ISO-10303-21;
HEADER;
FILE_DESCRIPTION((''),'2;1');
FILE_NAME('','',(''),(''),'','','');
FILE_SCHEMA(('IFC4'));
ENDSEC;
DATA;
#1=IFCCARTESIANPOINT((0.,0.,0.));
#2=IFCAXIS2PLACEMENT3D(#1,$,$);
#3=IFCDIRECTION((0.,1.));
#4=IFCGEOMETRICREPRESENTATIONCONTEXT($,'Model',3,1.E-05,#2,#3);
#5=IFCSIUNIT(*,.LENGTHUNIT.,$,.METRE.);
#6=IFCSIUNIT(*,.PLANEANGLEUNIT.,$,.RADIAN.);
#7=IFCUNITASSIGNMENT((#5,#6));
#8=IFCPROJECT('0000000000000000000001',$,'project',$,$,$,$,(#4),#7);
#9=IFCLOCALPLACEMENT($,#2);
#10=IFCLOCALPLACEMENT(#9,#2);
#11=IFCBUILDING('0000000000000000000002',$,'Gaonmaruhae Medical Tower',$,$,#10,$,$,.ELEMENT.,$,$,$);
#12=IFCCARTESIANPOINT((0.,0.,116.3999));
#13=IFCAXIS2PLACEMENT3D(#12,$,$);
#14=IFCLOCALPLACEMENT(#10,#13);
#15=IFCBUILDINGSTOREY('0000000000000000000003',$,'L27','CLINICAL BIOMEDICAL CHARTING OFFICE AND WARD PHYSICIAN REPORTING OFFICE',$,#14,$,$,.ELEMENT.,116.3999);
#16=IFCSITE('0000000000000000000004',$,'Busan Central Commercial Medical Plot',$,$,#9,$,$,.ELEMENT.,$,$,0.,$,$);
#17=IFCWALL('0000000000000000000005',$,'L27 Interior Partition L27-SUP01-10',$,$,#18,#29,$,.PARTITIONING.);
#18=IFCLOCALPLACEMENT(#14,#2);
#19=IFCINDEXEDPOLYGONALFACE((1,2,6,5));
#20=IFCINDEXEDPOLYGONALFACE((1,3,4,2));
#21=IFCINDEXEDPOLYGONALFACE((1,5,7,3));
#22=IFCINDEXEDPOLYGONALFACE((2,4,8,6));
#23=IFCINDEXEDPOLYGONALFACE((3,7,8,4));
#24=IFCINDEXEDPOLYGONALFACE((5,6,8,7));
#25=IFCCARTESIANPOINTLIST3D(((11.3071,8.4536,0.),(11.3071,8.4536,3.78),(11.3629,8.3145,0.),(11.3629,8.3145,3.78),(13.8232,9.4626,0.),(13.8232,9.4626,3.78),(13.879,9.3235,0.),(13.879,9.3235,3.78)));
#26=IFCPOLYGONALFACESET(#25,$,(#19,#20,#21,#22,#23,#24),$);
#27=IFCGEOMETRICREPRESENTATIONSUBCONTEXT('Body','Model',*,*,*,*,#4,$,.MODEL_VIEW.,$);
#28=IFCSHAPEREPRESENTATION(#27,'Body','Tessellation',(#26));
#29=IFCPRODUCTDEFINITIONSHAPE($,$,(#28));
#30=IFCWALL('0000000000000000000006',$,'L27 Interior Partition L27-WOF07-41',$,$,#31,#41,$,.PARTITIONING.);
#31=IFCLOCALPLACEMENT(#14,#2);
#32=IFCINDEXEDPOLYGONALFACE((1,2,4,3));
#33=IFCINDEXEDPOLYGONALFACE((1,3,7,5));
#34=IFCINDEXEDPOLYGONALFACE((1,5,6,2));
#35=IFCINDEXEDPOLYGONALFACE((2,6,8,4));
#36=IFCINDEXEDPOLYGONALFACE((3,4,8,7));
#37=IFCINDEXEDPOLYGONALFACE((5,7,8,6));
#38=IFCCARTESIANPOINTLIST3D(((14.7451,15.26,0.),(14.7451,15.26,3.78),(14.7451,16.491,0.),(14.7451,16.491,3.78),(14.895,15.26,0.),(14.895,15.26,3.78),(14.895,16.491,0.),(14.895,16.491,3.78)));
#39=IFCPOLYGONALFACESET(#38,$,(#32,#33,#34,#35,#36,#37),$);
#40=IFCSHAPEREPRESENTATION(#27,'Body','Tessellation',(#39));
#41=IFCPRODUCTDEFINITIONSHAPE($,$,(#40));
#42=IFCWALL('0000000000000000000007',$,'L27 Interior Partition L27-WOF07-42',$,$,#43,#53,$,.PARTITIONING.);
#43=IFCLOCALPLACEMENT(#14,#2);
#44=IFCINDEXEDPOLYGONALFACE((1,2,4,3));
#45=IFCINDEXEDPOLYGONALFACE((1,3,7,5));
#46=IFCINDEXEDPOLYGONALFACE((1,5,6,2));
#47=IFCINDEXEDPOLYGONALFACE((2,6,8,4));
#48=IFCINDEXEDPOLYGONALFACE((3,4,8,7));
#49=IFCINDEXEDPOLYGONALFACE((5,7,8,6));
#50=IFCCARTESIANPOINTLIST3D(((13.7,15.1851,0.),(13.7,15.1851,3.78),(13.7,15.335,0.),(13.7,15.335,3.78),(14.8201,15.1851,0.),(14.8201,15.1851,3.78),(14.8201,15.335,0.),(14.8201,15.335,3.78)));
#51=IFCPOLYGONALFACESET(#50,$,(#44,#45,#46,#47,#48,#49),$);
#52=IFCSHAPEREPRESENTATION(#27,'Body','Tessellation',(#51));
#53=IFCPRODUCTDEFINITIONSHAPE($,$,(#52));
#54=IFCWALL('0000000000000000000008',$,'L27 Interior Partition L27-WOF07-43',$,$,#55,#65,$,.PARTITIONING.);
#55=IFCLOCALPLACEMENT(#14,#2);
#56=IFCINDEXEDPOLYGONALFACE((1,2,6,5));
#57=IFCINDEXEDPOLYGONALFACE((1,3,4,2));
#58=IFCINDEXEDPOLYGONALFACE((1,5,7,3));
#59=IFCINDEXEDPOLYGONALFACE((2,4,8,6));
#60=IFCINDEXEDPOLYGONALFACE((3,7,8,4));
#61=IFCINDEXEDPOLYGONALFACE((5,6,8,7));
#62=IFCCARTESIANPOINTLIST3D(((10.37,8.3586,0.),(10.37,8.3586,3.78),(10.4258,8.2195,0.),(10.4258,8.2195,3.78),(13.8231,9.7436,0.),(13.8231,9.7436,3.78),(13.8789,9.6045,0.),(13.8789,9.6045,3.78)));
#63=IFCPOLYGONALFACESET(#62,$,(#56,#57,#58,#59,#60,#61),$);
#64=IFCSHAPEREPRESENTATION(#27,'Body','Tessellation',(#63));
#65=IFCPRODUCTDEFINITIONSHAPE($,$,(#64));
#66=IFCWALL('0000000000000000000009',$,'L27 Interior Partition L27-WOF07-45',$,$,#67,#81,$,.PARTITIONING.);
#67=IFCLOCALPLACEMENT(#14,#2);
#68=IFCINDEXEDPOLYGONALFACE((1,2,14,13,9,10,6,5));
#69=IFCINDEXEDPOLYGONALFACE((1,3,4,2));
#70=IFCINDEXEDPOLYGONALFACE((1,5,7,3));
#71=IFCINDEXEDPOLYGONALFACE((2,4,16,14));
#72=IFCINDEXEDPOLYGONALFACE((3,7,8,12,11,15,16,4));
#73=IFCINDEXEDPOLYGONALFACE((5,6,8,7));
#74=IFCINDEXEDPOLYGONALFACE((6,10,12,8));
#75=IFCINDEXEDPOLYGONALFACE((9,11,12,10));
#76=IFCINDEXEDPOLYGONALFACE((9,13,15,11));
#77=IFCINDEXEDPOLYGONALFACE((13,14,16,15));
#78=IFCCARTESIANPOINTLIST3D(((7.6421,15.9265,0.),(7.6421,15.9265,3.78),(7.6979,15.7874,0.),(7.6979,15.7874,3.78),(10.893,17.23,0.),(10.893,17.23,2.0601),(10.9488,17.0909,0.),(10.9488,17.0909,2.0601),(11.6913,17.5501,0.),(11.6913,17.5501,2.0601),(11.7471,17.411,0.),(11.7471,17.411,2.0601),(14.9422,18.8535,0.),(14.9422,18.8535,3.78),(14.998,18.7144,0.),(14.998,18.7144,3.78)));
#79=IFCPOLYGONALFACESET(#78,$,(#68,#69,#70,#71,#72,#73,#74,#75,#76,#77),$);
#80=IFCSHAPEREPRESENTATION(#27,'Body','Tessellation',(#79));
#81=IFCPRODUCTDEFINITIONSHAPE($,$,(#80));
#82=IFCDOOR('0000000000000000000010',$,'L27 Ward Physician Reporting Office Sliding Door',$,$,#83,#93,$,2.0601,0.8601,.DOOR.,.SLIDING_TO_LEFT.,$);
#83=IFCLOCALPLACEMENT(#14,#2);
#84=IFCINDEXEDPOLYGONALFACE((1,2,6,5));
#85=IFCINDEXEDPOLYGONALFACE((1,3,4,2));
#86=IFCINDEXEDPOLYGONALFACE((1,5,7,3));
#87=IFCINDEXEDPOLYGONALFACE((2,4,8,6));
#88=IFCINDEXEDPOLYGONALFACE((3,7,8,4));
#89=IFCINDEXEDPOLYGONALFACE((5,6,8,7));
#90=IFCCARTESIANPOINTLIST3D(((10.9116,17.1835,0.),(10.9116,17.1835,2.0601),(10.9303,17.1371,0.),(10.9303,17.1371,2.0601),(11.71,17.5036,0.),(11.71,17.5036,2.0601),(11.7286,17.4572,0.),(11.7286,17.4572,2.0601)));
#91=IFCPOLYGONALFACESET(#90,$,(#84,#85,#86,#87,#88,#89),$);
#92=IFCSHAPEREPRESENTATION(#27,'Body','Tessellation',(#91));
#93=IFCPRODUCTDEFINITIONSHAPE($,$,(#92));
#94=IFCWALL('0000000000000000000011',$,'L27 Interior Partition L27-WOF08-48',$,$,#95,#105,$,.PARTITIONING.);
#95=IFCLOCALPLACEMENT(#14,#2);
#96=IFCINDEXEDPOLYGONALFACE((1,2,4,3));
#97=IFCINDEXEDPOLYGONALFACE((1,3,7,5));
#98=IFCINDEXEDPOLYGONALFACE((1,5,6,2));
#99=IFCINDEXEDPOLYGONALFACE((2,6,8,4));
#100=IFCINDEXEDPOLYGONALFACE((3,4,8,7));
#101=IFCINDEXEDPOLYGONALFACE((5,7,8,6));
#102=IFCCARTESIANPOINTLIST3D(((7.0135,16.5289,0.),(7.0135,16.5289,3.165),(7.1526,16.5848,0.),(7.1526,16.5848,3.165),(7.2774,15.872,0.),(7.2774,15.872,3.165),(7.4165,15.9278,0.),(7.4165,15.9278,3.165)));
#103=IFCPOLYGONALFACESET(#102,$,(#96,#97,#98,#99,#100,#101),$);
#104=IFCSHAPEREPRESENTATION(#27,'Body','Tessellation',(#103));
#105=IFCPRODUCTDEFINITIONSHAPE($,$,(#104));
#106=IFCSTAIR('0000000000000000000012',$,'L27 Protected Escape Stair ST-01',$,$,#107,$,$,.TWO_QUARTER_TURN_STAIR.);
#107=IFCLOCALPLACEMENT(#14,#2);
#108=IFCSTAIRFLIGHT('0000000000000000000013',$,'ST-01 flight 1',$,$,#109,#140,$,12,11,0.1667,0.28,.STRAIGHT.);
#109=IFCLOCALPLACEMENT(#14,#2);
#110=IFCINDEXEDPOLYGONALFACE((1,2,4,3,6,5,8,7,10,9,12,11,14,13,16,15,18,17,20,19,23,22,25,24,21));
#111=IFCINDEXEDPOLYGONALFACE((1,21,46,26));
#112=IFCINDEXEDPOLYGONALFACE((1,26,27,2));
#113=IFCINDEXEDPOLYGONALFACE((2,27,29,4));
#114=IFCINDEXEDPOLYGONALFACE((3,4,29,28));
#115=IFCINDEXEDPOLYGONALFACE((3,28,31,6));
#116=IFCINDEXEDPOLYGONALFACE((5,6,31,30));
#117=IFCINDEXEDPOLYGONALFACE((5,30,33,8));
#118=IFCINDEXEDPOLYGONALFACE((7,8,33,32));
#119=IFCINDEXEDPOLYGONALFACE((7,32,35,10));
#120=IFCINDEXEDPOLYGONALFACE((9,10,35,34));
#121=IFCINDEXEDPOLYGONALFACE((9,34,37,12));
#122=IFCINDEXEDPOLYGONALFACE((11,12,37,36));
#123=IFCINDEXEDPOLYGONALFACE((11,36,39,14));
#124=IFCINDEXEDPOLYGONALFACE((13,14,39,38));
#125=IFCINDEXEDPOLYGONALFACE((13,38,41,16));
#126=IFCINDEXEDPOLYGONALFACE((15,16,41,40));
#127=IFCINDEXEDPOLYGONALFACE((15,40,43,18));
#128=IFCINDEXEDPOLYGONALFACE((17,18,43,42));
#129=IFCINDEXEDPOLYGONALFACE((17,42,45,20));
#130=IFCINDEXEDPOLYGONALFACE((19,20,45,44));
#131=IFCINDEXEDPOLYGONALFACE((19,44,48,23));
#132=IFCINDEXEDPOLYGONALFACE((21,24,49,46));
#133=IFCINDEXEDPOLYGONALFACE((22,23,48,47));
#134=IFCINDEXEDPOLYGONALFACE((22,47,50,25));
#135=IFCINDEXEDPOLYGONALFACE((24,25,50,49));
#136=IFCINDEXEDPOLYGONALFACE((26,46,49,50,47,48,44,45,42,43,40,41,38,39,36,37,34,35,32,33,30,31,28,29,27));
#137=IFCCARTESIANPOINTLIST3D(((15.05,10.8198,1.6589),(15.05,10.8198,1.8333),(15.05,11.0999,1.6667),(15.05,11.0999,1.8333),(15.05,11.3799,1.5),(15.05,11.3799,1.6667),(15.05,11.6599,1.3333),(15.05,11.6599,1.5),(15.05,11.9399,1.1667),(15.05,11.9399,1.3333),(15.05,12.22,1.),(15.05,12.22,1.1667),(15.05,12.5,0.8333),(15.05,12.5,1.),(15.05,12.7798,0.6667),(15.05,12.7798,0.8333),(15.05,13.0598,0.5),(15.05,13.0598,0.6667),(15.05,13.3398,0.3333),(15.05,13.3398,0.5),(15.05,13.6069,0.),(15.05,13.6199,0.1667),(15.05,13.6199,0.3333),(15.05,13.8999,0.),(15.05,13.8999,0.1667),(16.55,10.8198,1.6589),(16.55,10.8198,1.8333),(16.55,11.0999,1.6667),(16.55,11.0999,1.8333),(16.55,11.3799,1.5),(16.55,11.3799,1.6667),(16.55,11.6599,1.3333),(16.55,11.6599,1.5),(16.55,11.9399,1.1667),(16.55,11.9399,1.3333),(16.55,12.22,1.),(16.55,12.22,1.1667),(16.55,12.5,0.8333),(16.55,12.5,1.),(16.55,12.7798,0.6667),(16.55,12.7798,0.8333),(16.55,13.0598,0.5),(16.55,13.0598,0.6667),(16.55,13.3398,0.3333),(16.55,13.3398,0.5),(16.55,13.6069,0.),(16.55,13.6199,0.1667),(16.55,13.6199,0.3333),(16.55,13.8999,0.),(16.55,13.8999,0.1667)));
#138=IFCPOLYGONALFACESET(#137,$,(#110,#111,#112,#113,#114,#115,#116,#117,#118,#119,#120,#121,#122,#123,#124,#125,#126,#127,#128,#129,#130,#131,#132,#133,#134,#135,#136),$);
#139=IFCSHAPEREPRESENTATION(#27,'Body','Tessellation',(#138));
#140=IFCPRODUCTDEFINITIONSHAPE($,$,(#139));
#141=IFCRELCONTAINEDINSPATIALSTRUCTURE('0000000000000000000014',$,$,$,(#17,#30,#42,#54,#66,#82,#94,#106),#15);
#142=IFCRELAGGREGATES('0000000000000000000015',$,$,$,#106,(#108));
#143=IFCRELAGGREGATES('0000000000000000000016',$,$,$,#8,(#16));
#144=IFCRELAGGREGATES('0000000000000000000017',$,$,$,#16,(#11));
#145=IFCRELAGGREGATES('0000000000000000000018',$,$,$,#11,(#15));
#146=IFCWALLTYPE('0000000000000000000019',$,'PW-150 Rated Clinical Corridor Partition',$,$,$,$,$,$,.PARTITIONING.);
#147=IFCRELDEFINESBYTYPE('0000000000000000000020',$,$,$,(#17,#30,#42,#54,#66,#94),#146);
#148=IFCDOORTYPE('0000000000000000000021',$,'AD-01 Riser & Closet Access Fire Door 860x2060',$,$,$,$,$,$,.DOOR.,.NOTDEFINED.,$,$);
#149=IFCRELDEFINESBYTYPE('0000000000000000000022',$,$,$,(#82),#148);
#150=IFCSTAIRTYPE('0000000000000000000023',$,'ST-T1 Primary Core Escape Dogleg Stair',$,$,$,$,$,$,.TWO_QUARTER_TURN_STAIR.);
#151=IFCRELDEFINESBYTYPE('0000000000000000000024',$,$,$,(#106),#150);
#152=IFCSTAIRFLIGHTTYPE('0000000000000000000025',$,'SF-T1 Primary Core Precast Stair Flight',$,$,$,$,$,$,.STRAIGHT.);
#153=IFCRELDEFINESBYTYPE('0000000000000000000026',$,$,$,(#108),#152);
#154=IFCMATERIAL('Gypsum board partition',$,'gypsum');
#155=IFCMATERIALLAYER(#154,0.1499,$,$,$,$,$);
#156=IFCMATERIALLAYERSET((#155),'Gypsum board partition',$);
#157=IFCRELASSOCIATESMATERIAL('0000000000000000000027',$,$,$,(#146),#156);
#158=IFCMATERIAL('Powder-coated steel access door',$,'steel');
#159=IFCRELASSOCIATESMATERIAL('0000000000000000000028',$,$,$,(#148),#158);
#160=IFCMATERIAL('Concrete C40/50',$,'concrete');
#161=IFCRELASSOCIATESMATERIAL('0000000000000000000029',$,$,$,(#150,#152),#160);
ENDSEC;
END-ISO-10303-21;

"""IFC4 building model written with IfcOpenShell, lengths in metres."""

from ifc_helpers import new_model, si_unit, direction, frame, frame_2d, origin, place, context, subcontext, project, spatial, polyline, rectangle, outline, extrude, material, layer, layer_set, type_object, element, fill, aggregate, save


model = new_model("IFC4")

# Units and contexts
model_context = context("Model", 3, precision=1e-05, world=origin(), true_north=direction((0.0, 1.0)))
body_context = subcontext(model_context, "Body", "Model", "MODEL_VIEW")
ifc_project = project(units=[si_unit("LENGTHUNIT", "METRE"), si_unit("PLANEANGLEUNIT", "RADIAN")], contexts=[model_context])

# Site, building, storey
site_placement = place(None, origin())
site = spatial("IfcSite", under=ifc_project, at=site_placement, Name="Busan Central Commercial Medical Plot", CompositionType="ELEMENT", RefElevation=0.0)
building_placement = place(site_placement, origin())
building = spatial("IfcBuilding", under=site, at=building_placement, Name="Gaonmaruhae Medical Tower", CompositionType="ELEMENT")
storey_placement = place(building_placement, frame((0.0, 0.0, 116.3999)))
storey = spatial("IfcBuildingStorey", under=building, at=storey_placement, Name="L27", Description="CLINICAL BIOMEDICAL CHARTING OFFICE AND WARD PHYSICIAN REPORTING OFFICE", CompositionType="ELEMENT", Elevation=116.3999)

# Walls
ifc_material_1 = material(Name="Gypsum board partition", Category="gypsum")
ifc_layer_1 = layer(ifc_material_1, 0.1499)
ifc_layer_set_1 = layer_set([ifc_layer_1], Name="Gypsum board partition")
wall_type_1 = type_object("IfcWallType", Name="PW-150 Rated Clinical Corridor Partition", PredefinedType="PARTITIONING", material=ifc_layer_set_1)
wall_1_placement = place(storey_placement, frame((11.335, 8.384, 0.0), z_axis=(0.0, 0.0, 1.0), x_axis=(0.928147, 0.372213, 0.0)))
element("IfcWall", 1, at=wall_1_placement, inside=storey, type_object=wall_type_1, Name="L27 Interior Partition L27-SUP01-10", PredefinedType="PARTITIONING", context=body_context, shape_type="SweptSolid", body=[
    extrude(rectangle(XDim=2.7109, YDim=0.1499, at=frame_2d((1.3555, 0.0))), origin(), (0.0, 0.0, 1.0), 3.78),
])
wall_2_placement = place(storey_placement, frame((14.8201, 16.491, 0.0), z_axis=(0.0, 0.0, 1.0), x_axis=(0.0, -1.0, 0.0)))
element("IfcWall", 2, at=wall_2_placement, inside=storey, type_object=wall_type_1, Name="L27 Interior Partition L27-WOF07-41", PredefinedType="PARTITIONING", context=body_context, shape_type="SweptSolid", body=[
    extrude(rectangle(XDim=1.231, YDim=0.1499, at=frame_2d((0.6155, 0.0))), origin(), (0.0, 0.0, 1.0), 3.78),
])
wall_3_placement = place(storey_placement, frame((14.8201, 15.26, 0.0), z_axis=(0.0, 0.0, 1.0), x_axis=(-1.0, 0.0, 0.0)))
element("IfcWall", 3, at=wall_3_placement, inside=storey, type_object=wall_type_1, Name="L27 Interior Partition L27-WOF07-42", PredefinedType="PARTITIONING", context=body_context, shape_type="SweptSolid", body=[
    extrude(rectangle(XDim=1.1201, YDim=0.1499, at=frame_2d((0.5601, 0.0))), origin(), (0.0, 0.0, 1.0), 3.78),
])
wall_4_placement = place(storey_placement, frame((13.8511, 9.6741, 0.0), z_axis=(0.0, 0.0, 1.0), x_axis=(-0.928128, -0.372262, 0.0)))
element("IfcWall", 4, at=wall_4_placement, inside=storey, type_object=wall_type_1, Name="L27 Interior Partition L27-WOF07-43", PredefinedType="PARTITIONING", context=body_context, shape_type="SweptSolid", body=[
    extrude(rectangle(XDim=3.7205, YDim=0.1499, at=frame_2d((1.8604, 0.0))), origin(), (0.0, 0.0, 1.0), 3.78),
])

# Wall, opening, door
wall_5_placement = place(storey_placement, frame((7.6699, 15.8569, 0.0), z_axis=(0.0, 0.0, 1.0), x_axis=(0.92817, 0.372156, 0.0)))
wall_5 = element("IfcWall", 5, at=wall_5_placement, inside=storey, type_object=wall_type_1, Name="L27 Interior Partition L27-WOF07-45", PredefinedType="PARTITIONING", context=body_context, shape_type="SweptSolid", body=[
    extrude(rectangle(XDim=7.865, YDim=0.1499, at=frame_2d((3.9326, 0.0))), origin(), (0.0, 0.0, 1.0), 3.78),
])
opening_1_placement = place(wall_5_placement, frame((3.5024, 0.0, 0.0)))
opening_1 = element("IfcOpeningElement", 6, at=opening_1_placement, cuts=wall_5, PredefinedType="OPENING", context=body_context, shape_type="SweptSolid", body=[
    extrude(rectangle(XDim=0.8601, YDim=2.0601, at=frame_2d((0.4302, 1.03))), frame((0.0, 0.085, 0.0), z_axis=(0.0, -1.0, 0.0), x_axis=(1.0, 0.0, 0.0)), (0.0, 0.0, 1.0), 0.1699),
])
ifc_material_2 = material(Name="Powder-coated steel access door", Category="steel")
door_type_1 = type_object("IfcDoorType", Name="AD-01 Riser & Closet Access Fire Door 860x2060", OperationType="NOTDEFINED", PredefinedType="DOOR", material=ifc_material_2)
door_1_placement = place(opening_1_placement, origin())
door_1 = element("IfcDoor", 7, at=door_1_placement, inside=storey, type_object=door_type_1, Name="L27 Ward Physician Reporting Office Sliding Door", OperationType="SLIDING_TO_LEFT", OverallHeight=2.0601, OverallWidth=0.8601, PredefinedType="DOOR", context=body_context, shape_type="SweptSolid", body=[
    extrude(rectangle(XDim=0.8601, YDim=2.0601, at=frame_2d((0.4302, 1.03))), frame((0.0, 0.0249, 0.0), z_axis=(0.0, -1.0, 0.0), x_axis=(1.0, 0.0, 0.0)), (0.0, 0.0, 1.0), 0.05),
])
fill(opening_1, door_1)

# Wall
wall_6_placement = place(storey_placement, frame((7.3469, 15.8999, 0.0), z_axis=(0.0, 0.0, 1.0), x_axis=(-0.372758, 0.927929, 0.0)))
element("IfcWall", 8, at=wall_6_placement, inside=storey, type_object=wall_type_1, Name="L27 Interior Partition L27-WOF08-48", PredefinedType="PARTITIONING", context=body_context, shape_type="SweptSolid", body=[
    extrude(rectangle(XDim=0.708, YDim=0.1499, at=frame_2d((0.354, 0.0))), origin(), (0.0, 0.0, 1.0), 3.165),
])

# Stair, stair flight
ifc_material_3 = material(Name="Concrete C40/50", Category="concrete")
stair_type = type_object("IfcStairType", Name="ST-T1 Primary Core Escape Dogleg Stair", PredefinedType="TWO_QUARTER_TURN_STAIR", material=ifc_material_3)
stair_placement = place(storey_placement, origin())
stair = element("IfcStair", 9, at=stair_placement, inside=storey, type_object=stair_type, Name="L27 Protected Escape Stair ST-01", PredefinedType="TWO_QUARTER_TURN_STAIR")
stair_flight_type = type_object("IfcStairFlightType", Name="SF-T1 Primary Core Precast Stair Flight", PredefinedType="STRAIGHT", material=ifc_material_3)
stair_flight_placement = place(storey_placement, frame((15.8, 13.8999, 0.0), z_axis=(0.0, 0.0, 1.0), x_axis=(0.0, -1.0, 0.0)))
stair_flight = element("IfcStairFlight", 10, at=stair_flight_placement, type_object=stair_flight_type, Name="ST-01 flight 1", NumberOfRisers=12, NumberOfTreads=11, PredefinedType="STRAIGHT", RiserHeight=0.1667, TreadLength=0.28, context=body_context, shape_type="SweptSolid", body=[
    extrude(outline(polyline([(0.0, 0.0), (0.0, 0.1667), (0.28, 0.1667), (0.28, 0.3333), (0.5601, 0.3333), (0.5601, 0.5), (0.8401, 0.5), (0.8401, 0.6667), (1.1201, 0.6667), (1.1201, 0.8333), (1.3999, 0.8333), (1.3999, 1.0), (1.6799, 1.0), (1.6799, 1.1667), (1.96, 1.1667), (1.96, 1.3333), (2.24, 1.3333), (2.24, 1.5), (2.52, 1.5), (2.52, 1.6667), (2.8, 1.6667), (2.8, 1.8333), (3.0801, 1.8333), (3.0801, 2.0), (3.0801, 1.6589), (0.293, 0.0), (0.0, 0.0)])), frame((0.0, 0.75, 0.0), z_axis=(0.0, -1.0, 0.0), x_axis=(1.0, 0.0, 0.0)), (0.0, 0.0, 1.0), 1.5),
])
aggregate(stair, [stair_flight])

save(model, "model.ifc")
